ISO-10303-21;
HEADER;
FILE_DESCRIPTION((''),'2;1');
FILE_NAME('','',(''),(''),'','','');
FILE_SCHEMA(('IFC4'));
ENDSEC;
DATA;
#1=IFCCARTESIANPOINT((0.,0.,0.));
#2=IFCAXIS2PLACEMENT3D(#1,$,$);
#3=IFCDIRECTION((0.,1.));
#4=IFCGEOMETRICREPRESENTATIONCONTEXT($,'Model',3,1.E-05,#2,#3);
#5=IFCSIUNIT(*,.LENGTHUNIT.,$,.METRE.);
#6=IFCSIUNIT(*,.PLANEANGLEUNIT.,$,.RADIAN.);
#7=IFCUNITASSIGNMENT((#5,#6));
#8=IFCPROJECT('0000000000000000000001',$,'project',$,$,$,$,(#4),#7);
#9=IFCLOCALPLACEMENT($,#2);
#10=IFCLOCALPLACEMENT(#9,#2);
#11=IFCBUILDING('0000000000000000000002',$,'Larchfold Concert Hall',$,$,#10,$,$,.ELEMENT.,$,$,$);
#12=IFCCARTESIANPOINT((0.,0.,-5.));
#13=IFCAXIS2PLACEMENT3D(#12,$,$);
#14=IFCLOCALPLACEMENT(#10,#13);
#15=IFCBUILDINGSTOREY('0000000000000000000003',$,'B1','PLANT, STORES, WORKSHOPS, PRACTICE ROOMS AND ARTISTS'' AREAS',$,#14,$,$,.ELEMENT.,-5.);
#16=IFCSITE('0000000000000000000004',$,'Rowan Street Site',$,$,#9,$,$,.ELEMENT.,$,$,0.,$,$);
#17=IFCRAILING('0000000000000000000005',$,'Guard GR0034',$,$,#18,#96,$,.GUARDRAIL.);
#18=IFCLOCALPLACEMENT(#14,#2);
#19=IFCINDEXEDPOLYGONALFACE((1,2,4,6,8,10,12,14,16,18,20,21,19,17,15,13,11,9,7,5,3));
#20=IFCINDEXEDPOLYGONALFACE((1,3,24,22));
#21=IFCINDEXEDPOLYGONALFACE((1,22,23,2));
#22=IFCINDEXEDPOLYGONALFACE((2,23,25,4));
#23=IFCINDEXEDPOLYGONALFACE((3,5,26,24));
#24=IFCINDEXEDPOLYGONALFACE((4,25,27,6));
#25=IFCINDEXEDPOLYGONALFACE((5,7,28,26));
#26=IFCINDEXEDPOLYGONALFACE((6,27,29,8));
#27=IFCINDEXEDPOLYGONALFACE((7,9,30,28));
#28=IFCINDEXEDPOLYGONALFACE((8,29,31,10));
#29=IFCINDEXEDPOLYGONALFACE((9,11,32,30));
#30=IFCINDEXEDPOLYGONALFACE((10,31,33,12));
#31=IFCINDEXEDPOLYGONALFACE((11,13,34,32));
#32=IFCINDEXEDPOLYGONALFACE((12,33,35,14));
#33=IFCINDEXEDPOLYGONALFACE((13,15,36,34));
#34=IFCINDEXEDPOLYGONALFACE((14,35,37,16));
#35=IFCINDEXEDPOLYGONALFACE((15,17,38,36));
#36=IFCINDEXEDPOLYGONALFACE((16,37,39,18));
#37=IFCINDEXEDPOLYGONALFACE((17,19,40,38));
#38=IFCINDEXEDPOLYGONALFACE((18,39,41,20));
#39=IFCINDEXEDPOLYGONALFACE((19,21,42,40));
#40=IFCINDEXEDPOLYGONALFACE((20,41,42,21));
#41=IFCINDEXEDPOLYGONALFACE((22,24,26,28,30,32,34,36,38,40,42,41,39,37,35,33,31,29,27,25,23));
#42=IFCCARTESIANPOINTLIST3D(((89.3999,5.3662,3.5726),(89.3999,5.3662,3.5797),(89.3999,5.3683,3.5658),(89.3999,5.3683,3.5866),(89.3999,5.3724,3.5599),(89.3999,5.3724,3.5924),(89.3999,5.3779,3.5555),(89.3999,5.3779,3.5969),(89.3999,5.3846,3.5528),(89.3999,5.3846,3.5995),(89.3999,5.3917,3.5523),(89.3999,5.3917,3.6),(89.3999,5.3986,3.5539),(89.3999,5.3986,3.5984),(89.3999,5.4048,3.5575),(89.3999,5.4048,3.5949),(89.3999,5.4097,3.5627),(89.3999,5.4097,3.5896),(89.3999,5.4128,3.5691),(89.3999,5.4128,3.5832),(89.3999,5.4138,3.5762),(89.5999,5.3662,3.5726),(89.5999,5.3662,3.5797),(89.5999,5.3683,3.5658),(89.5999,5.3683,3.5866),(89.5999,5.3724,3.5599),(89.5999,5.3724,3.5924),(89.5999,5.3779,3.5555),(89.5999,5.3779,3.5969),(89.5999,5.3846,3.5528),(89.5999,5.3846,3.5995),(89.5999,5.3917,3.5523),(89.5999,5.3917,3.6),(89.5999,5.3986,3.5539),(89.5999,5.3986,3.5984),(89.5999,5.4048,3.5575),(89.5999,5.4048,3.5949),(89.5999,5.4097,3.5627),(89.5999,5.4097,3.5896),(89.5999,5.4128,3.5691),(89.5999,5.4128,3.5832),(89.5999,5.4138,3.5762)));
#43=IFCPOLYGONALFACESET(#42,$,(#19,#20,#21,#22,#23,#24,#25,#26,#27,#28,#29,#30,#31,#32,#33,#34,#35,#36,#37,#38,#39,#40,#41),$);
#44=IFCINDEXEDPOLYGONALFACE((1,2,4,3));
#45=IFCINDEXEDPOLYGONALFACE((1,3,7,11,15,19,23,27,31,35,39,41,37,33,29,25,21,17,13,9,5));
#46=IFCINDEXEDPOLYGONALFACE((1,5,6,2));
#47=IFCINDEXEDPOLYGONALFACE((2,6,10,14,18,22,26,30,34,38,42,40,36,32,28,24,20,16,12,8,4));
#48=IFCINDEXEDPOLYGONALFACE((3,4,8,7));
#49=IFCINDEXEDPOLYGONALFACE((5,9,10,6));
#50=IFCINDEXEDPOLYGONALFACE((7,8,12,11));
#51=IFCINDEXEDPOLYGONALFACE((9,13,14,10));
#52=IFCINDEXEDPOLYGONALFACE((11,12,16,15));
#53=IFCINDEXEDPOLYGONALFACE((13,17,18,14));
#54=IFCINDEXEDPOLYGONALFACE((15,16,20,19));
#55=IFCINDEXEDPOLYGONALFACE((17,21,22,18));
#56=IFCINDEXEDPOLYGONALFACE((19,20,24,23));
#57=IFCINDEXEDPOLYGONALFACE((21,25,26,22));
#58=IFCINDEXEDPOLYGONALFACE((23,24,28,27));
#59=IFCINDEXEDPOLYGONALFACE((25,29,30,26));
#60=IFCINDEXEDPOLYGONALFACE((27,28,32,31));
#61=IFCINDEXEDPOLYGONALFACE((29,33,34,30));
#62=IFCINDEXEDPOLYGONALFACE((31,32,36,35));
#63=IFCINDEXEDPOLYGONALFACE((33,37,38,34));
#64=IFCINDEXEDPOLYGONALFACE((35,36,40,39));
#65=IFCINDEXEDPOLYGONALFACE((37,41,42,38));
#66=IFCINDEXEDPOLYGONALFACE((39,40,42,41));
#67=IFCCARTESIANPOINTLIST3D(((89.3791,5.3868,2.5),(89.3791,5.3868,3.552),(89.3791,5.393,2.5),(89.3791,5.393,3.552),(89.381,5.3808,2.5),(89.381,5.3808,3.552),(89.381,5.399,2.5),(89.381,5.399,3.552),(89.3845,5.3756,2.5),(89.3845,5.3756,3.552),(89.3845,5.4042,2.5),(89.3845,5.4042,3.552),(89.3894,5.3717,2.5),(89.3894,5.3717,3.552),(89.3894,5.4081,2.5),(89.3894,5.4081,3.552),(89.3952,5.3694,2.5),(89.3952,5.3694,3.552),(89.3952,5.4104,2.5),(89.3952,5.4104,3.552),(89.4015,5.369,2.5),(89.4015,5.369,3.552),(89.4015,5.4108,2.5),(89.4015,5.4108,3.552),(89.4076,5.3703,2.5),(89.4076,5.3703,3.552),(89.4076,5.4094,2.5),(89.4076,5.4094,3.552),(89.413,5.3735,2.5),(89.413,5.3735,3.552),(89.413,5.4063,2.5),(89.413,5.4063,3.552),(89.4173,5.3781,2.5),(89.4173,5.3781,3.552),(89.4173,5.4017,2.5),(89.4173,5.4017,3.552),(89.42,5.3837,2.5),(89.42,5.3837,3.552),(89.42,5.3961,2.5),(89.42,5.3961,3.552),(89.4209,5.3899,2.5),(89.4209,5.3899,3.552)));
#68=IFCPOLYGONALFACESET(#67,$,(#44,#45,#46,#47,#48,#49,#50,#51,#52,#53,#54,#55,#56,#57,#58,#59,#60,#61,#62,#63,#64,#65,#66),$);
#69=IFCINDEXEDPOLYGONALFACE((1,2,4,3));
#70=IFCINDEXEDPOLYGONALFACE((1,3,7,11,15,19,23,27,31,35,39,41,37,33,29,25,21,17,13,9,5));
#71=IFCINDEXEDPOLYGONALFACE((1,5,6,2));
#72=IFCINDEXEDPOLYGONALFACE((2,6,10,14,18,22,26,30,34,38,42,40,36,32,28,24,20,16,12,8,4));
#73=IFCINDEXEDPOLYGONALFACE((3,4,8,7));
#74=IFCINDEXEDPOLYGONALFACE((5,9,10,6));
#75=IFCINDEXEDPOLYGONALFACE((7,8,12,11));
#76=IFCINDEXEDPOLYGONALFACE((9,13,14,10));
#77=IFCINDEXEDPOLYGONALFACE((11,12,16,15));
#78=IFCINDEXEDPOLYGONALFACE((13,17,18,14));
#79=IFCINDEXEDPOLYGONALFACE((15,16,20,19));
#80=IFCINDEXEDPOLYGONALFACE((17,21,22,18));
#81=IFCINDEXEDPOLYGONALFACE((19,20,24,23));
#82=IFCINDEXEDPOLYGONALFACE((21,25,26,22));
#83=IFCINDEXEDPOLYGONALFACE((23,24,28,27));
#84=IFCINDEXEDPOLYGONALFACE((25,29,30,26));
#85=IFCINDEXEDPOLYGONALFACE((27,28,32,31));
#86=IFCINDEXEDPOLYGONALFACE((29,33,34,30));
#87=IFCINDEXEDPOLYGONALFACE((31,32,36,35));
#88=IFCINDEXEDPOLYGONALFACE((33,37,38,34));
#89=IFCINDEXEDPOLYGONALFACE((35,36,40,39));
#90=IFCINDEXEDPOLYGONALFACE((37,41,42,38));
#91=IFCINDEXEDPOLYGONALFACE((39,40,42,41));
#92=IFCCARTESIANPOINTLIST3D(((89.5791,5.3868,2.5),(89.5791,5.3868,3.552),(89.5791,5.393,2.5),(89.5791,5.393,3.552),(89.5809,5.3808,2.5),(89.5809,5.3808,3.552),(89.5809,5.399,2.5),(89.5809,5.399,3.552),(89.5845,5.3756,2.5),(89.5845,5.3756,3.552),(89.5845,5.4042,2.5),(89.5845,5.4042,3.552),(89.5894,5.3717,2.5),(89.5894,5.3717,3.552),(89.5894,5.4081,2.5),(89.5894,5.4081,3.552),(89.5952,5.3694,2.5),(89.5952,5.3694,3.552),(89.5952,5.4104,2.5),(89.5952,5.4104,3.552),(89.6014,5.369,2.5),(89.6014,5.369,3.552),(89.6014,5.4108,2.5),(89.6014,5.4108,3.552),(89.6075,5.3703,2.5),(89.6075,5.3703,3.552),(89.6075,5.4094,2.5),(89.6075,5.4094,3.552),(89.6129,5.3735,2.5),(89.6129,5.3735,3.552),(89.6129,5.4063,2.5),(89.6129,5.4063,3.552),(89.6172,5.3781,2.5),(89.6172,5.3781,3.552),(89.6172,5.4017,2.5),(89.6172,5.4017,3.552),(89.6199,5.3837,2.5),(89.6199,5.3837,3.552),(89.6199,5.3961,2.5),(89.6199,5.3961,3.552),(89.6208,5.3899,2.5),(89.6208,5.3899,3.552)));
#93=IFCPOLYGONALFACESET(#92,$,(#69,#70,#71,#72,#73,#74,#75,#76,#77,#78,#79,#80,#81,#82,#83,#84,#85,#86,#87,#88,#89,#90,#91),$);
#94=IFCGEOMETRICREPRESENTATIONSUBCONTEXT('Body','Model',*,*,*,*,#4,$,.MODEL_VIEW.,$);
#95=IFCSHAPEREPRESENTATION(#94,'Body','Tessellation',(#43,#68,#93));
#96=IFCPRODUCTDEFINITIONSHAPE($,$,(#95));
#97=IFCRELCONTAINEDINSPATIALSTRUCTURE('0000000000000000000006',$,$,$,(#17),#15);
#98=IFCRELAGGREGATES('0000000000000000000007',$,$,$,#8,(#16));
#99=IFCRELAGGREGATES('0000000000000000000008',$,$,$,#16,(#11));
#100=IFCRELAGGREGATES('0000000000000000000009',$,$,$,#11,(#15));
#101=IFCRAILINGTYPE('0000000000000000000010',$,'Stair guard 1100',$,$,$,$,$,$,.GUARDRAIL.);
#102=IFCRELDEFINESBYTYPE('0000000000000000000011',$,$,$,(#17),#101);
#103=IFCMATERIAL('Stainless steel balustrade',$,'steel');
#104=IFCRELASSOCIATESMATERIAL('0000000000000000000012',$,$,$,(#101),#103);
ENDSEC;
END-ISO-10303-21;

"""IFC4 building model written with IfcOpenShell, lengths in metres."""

from ifc_helpers import new_model, si_unit, direction, frame, origin, origin_2d, place, context, subcontext, project, spatial, circle, extrude, material, type_object, element, save


model = new_model("IFC4")

# Units and contexts
model_context = context("Model", 3, precision=1e-05, world=origin(), true_north=direction((0.0, 1.0)))
body_context = subcontext(model_context, "Body", "Model", "MODEL_VIEW")
ifc_project = project(units=[si_unit("LENGTHUNIT", "METRE"), si_unit("PLANEANGLEUNIT", "RADIAN")], contexts=[model_context])

# Site, building, storey
site_placement = place(None, origin())
site = spatial("IfcSite", under=ifc_project, at=site_placement, Name="Rowan Street Site", CompositionType="ELEMENT", RefElevation=0.0)
building_placement = place(site_placement, origin())
building = spatial("IfcBuilding", under=site, at=building_placement, Name="Larchfold Concert Hall", CompositionType="ELEMENT")
storey_placement = place(building_placement, frame((0.0, 0.0, -5.0)))
storey = spatial("IfcBuildingStorey", under=building, at=storey_placement, Name="B1", Description="PLANT, STORES, WORKSHOPS, PRACTICE ROOMS AND ARTISTS' AREAS", CompositionType="ELEMENT", Elevation=-5.0)

# Railing
ifc_material_1 = material(Name="Stainless steel balustrade", Category="steel")
railing_type_1 = type_object("IfcRailingType", Name="Stair guard 1100", PredefinedType="GUARDRAIL", material=ifc_material_1)
railing_1_placement = place(storey_placement, frame((89.3999, 5.3899, 2.5)))
element("IfcRailing", 1, at=railing_1_placement, inside=storey, type_object=railing_type_1, Name="Guard GR0034", PredefinedType="GUARDRAIL", context=body_context, shape_type="SweptSolid", body=[
    extrude(circle(Radius=0.0239, at=origin_2d()), frame((0.0, 0.0, 1.0762), z_axis=(1.0, 0.0, 0.0), x_axis=(0.0, 1.0, 0.0)), (0.0, 0.0, 1.0), 0.2),
    extrude(circle(Radius=0.021, at=origin_2d()), origin(), (0.0, 0.0, 1.0), 1.052),
    extrude(circle(Radius=0.021, at=origin_2d()), frame((0.2, 0.0, 0.0)), (0.0, 0.0, 1.0), 1.052),
])

save(model, "model.ifc")
